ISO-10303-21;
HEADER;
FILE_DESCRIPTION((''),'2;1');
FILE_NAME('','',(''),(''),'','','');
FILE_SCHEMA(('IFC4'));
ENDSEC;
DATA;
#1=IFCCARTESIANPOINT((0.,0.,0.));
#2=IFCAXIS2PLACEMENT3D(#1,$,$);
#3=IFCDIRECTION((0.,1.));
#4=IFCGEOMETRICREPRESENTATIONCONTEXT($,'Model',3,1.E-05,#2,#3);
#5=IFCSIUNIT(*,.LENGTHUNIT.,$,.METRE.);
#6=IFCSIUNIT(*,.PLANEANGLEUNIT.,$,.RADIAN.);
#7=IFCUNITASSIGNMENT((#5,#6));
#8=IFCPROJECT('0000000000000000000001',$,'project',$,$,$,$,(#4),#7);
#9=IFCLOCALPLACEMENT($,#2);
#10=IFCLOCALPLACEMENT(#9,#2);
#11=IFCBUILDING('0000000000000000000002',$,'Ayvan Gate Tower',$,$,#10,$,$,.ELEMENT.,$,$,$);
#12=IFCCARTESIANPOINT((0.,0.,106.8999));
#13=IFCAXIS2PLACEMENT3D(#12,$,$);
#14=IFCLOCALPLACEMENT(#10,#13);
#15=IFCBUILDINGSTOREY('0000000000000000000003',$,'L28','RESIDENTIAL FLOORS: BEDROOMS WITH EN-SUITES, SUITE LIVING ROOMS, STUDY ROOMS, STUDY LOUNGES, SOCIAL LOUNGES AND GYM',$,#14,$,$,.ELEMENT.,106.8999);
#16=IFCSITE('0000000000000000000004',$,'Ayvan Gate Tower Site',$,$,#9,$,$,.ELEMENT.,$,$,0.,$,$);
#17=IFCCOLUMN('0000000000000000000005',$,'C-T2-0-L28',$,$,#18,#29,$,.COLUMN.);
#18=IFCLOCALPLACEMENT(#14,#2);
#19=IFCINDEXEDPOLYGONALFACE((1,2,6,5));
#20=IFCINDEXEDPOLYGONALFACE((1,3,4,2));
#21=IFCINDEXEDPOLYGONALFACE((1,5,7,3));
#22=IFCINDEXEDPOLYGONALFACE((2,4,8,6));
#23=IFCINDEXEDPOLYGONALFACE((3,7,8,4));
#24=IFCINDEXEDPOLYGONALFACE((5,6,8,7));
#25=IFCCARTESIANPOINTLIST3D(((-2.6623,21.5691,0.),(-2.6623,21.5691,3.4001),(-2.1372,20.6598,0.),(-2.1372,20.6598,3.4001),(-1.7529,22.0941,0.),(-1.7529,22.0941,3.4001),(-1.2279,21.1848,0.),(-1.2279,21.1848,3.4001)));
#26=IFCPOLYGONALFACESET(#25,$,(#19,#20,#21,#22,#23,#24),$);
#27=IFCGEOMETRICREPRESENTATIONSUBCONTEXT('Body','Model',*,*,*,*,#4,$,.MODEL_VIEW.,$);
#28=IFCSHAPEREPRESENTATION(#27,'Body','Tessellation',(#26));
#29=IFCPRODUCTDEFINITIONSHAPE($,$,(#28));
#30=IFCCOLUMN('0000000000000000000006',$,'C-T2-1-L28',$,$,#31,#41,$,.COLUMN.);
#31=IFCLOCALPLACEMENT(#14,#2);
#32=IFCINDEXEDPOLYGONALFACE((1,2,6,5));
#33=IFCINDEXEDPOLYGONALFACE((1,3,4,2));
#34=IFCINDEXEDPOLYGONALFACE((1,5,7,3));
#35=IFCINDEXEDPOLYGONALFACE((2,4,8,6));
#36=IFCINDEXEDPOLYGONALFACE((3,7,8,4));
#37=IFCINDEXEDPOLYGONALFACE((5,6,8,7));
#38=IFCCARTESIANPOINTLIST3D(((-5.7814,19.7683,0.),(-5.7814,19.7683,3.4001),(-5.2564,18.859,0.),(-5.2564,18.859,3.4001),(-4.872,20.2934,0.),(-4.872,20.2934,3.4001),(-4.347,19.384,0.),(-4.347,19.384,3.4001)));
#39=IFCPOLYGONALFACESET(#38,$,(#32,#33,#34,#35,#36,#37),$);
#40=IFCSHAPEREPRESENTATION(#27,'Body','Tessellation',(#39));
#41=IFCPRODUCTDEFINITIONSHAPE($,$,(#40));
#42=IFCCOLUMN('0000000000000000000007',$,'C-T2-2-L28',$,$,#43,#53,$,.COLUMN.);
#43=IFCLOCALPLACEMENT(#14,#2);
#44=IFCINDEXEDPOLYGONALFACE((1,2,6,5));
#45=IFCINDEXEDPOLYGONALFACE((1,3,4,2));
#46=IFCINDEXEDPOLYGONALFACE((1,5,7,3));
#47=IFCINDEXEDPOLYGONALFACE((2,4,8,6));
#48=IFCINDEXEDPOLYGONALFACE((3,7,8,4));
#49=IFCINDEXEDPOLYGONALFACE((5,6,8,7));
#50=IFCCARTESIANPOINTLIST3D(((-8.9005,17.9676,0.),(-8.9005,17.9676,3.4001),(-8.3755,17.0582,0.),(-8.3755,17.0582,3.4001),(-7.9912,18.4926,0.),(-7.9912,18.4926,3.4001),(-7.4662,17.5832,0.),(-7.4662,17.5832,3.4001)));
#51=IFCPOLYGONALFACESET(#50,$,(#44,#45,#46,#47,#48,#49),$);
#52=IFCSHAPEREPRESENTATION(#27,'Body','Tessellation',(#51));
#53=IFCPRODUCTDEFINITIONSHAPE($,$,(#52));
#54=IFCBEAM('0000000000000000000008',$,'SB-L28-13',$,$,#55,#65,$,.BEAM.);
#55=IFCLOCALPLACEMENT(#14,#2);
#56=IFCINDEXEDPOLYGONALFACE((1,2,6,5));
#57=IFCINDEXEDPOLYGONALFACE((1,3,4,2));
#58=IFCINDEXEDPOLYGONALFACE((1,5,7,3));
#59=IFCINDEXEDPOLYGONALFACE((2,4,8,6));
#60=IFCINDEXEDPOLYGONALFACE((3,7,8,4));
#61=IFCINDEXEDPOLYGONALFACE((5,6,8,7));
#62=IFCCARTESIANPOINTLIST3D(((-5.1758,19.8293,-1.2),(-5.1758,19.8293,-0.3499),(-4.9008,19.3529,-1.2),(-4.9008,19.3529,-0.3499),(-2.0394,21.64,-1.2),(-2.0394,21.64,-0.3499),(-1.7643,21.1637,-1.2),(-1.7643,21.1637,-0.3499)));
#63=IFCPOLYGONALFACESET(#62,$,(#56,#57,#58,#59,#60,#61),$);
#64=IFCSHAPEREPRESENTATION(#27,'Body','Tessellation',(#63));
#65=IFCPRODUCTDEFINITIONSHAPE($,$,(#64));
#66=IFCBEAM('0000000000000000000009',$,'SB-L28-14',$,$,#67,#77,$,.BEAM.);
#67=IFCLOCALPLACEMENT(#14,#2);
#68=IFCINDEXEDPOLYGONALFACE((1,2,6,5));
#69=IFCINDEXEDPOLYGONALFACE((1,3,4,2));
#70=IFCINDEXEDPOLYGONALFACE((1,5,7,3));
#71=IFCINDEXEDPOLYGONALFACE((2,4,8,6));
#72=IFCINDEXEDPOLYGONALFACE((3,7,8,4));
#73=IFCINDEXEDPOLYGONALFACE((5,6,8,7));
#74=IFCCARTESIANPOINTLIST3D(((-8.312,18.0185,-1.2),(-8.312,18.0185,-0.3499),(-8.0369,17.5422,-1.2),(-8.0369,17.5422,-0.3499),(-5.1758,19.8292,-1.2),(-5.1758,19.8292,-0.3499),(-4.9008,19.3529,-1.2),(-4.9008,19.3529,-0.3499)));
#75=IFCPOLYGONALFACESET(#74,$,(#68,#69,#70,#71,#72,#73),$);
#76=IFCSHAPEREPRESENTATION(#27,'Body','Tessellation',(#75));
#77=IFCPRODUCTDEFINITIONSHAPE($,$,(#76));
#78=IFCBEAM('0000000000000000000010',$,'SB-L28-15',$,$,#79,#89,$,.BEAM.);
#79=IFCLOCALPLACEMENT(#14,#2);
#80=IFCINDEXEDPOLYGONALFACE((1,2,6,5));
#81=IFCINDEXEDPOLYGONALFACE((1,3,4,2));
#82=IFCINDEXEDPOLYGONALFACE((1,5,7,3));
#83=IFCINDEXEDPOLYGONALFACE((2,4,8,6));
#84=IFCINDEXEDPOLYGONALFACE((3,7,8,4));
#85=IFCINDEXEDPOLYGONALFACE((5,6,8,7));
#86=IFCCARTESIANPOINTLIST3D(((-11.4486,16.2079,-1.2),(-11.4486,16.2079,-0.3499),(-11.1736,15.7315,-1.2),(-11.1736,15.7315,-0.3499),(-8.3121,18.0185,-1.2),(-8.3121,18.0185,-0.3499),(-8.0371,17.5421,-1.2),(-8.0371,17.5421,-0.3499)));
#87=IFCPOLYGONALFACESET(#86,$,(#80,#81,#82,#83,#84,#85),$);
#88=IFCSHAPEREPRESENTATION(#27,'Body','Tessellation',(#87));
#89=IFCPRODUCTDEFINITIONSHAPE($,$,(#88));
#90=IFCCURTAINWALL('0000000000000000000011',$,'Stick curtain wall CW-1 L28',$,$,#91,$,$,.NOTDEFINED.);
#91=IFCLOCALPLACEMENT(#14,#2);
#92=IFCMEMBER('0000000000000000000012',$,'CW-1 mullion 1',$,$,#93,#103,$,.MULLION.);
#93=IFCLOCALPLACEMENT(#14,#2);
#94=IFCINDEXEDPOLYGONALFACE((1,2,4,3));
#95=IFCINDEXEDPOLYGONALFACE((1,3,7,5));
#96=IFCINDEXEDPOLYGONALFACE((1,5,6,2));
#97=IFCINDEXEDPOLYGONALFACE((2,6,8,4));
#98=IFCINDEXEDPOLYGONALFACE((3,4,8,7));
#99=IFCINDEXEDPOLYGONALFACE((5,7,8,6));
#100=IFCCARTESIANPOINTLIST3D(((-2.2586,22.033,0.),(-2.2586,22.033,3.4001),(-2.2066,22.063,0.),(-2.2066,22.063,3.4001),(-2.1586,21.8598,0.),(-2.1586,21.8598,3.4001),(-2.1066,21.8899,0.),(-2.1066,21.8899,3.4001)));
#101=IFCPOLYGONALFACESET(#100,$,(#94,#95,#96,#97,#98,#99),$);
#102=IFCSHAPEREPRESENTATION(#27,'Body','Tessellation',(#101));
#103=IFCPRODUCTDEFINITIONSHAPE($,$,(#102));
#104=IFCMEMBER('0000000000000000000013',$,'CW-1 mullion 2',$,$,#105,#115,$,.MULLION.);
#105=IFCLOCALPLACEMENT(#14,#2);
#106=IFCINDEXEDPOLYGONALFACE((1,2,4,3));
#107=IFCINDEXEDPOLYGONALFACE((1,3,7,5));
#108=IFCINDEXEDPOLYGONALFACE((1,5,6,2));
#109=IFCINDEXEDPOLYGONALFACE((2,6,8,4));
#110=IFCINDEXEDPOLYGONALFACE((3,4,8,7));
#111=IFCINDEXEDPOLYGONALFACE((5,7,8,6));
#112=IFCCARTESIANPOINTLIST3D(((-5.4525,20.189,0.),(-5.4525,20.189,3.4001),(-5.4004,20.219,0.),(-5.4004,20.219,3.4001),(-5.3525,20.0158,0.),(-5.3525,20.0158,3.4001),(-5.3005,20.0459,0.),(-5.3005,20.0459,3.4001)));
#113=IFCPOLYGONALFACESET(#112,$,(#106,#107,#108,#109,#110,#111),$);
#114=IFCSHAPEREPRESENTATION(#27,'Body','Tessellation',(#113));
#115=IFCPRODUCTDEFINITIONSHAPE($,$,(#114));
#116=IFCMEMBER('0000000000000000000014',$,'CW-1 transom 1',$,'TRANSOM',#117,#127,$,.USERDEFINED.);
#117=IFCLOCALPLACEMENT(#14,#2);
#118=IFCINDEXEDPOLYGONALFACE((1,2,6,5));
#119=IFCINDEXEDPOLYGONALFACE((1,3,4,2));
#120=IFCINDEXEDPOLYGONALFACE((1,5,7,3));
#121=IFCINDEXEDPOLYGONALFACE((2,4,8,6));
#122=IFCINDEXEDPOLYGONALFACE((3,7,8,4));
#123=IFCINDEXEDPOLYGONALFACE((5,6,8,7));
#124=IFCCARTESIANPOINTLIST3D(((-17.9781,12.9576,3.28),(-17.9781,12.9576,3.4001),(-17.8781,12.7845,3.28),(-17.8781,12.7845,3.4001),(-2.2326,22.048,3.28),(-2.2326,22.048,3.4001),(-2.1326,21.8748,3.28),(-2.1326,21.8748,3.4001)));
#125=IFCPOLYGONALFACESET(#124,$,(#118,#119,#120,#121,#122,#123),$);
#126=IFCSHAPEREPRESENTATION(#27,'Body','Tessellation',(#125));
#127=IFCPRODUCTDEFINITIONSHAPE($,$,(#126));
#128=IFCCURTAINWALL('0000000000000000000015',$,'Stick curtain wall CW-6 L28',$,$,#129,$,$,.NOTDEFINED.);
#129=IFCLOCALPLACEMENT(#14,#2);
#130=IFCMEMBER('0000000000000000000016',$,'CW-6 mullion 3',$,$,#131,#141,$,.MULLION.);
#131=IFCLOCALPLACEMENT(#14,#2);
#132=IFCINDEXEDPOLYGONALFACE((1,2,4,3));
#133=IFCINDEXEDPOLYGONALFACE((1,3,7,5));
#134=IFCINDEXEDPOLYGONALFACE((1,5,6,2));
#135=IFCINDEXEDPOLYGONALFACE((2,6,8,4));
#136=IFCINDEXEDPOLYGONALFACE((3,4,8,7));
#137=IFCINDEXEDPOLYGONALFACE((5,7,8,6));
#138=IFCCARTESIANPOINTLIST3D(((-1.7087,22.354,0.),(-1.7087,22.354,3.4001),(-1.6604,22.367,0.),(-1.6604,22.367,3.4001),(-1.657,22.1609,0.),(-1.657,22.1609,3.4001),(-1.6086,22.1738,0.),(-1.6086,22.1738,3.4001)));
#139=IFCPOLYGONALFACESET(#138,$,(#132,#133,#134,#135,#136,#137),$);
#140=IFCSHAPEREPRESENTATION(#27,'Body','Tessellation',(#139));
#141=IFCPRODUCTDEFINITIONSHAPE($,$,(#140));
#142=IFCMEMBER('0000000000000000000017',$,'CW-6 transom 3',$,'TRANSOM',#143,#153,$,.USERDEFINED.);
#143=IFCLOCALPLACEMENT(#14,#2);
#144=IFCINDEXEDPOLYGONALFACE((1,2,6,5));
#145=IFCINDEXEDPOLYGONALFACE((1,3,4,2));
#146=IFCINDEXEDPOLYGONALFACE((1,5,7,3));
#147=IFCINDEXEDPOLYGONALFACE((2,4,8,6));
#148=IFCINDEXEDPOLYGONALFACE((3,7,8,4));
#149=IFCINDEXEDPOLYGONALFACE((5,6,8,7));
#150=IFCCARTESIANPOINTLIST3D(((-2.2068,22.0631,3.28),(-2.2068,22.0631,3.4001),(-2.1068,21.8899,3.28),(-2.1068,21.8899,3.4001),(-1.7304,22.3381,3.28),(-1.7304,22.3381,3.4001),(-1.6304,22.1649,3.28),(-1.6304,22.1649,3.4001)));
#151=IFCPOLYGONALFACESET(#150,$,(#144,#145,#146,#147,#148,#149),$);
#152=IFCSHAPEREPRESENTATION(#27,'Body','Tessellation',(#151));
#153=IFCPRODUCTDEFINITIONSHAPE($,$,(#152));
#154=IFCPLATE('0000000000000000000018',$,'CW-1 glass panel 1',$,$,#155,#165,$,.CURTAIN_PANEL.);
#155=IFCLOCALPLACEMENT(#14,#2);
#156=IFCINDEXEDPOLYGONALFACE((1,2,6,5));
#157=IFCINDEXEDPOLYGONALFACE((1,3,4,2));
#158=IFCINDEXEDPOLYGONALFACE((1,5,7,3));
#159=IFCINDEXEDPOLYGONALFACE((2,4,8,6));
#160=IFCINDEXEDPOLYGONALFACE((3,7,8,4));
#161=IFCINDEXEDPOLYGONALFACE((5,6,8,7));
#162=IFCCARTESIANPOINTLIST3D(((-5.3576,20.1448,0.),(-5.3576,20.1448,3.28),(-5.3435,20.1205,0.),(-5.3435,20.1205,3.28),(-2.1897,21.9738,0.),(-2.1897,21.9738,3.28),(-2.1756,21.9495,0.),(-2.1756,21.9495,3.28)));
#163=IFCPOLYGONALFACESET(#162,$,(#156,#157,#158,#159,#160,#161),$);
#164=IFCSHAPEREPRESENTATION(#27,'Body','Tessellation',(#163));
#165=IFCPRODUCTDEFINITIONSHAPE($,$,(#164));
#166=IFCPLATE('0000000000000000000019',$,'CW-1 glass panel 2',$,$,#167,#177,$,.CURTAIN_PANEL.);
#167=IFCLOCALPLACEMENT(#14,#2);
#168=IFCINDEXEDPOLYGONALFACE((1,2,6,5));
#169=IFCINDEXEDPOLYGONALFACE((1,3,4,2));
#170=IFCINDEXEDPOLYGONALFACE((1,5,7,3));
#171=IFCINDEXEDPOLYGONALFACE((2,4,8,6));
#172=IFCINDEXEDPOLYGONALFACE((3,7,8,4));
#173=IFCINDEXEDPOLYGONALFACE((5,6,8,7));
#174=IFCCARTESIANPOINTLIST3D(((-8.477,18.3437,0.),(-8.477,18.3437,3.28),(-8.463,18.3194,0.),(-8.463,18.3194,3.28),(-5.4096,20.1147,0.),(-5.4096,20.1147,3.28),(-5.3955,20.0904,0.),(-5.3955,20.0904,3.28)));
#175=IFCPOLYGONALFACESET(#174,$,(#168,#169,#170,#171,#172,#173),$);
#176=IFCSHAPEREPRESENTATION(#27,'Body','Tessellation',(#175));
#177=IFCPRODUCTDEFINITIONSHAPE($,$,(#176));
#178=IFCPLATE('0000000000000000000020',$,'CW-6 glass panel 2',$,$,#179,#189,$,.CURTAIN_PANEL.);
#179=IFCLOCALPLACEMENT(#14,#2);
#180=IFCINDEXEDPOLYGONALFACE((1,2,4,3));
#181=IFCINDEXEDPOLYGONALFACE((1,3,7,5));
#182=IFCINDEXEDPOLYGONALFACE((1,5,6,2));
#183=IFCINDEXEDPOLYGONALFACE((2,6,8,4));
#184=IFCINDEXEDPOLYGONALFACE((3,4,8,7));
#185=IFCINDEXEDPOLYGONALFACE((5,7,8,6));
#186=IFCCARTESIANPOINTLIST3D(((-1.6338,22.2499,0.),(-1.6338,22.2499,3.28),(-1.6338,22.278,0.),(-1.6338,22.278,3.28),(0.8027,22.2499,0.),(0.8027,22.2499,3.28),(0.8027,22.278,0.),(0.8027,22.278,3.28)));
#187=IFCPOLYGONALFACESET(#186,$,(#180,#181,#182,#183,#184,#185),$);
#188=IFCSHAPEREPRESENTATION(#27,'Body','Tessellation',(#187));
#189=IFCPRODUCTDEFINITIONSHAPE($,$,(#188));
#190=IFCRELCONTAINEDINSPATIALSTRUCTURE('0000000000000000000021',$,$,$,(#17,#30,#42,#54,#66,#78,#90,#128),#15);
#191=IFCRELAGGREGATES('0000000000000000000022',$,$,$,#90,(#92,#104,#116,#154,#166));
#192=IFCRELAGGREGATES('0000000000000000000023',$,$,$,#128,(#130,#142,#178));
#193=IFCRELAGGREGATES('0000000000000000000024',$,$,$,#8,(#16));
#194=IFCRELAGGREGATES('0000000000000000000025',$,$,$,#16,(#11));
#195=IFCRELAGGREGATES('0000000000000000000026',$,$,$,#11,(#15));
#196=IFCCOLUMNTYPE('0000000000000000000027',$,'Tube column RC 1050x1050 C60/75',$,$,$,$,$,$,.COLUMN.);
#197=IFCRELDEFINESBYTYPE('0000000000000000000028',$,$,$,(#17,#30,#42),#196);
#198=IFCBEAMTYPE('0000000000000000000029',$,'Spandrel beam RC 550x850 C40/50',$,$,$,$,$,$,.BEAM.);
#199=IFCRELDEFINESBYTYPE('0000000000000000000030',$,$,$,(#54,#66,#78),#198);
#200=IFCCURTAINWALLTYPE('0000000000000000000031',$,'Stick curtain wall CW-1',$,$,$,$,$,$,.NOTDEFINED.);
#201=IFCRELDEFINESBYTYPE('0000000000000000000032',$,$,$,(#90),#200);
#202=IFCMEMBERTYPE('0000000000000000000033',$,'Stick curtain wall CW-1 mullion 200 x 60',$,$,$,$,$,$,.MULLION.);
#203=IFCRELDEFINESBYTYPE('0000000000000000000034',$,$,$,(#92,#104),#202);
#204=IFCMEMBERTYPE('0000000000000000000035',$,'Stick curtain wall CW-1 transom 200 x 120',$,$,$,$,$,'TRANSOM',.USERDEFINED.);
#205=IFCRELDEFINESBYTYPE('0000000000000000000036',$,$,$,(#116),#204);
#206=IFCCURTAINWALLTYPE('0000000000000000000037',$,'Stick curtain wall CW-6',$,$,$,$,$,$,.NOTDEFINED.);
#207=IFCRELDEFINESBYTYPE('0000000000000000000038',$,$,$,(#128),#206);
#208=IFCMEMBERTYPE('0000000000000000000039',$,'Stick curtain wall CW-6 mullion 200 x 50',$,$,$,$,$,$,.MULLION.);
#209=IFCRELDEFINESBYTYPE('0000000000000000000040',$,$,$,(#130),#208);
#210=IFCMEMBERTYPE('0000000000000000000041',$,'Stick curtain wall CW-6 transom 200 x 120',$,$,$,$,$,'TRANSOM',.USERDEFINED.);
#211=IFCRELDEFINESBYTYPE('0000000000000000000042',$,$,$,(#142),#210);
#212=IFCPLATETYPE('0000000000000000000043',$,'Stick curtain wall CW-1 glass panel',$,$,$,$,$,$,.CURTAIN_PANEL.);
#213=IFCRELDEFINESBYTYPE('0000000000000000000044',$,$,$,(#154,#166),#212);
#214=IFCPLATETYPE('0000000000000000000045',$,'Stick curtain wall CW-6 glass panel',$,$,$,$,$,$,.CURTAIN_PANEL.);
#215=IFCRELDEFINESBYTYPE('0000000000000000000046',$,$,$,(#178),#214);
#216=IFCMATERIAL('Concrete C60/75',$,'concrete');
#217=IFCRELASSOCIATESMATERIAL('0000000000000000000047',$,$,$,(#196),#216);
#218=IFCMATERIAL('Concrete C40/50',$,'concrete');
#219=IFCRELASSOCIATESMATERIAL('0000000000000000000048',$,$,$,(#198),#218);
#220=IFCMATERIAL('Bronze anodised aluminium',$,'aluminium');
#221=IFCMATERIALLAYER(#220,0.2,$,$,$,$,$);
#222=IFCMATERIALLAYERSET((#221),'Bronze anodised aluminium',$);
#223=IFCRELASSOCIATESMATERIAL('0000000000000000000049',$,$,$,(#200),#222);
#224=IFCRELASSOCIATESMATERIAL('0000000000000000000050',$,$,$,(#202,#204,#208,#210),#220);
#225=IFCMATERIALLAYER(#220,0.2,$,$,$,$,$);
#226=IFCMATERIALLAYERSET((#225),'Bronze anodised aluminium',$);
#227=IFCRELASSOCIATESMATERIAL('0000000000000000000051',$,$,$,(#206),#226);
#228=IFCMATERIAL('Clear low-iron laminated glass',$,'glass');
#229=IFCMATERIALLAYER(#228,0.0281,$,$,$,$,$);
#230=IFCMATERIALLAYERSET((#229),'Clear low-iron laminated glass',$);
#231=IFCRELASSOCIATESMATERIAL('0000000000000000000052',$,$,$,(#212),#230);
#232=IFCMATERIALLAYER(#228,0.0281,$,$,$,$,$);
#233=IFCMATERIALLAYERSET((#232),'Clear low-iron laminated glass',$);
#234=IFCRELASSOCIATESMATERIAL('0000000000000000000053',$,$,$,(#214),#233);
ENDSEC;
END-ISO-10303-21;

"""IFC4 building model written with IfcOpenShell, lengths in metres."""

from ifc_helpers import new_model, si_unit, direction, frame, origin, origin_2d, place, context, subcontext, project, spatial, rectangle, extrude, material, layer, layer_set, material_profile, profile_set, type_object, element, aggregate, save


model = new_model("IFC4")

# Units and contexts
model_context = context("Model", 3, precision=1e-05, world=origin(), true_north=direction((0.0, 1.0)))
body_context = subcontext(model_context, "Body", "Model", "MODEL_VIEW")
ifc_project = project(units=[si_unit("LENGTHUNIT", "METRE"), si_unit("PLANEANGLEUNIT", "RADIAN")], contexts=[model_context])

# Site, building, storey
site_placement = place(None, origin())
site = spatial("IfcSite", under=ifc_project, at=site_placement, Name="Ayvan Gate Tower Site", CompositionType="ELEMENT", RefElevation=0.0)
building_placement = place(site_placement, origin())
building = spatial("IfcBuilding", under=site, at=building_placement, Name="Ayvan Gate Tower", CompositionType="ELEMENT")
storey_placement = place(building_placement, frame((0.0, 0.0, 106.8999)))
storey = spatial("IfcBuildingStorey", under=building, at=storey_placement, Name="L28", Description="RESIDENTIAL FLOORS: BEDROOMS WITH EN-SUITES, SUITE LIVING ROOMS, STUDY ROOMS, STUDY LOUNGES, SOCIAL LOUNGES AND GYM", CompositionType="ELEMENT", Elevation=106.8999)

# Columns
ifc_material_1 = material(Name="Concrete C60/75", Category="concrete")
ifc_material_profile_1 = material_profile(ifc_material_1, rectangle(XDim=1.05, YDim=1.05, at=origin_2d()), Name="RC 1050x1050")
ifc_profile_set_1 = profile_set([ifc_material_profile_1], Name="Concrete C60/75")
column_type = type_object("IfcColumnType", Name="Tube column RC 1050x1050 C60/75", PredefinedType="COLUMN", material=ifc_profile_set_1)
for number, where, z_axis, x_axis, name in (
    (1, (-1.9451, 21.377, 0.0), (0.0, 0.0, 1.0), (-0.5, 0.866025, 0.0), "C-T2-0-L28"),
    (2, (-5.0642, 19.5762, 0.0), (0.0, 0.0, 1.0), (-0.5, 0.866025, 0.0), "C-T2-1-L28"),
    (3, (-8.1833, 17.7754, 0.0), (0.0, 0.0, 1.0), (-0.5, 0.866025, 0.0), "C-T2-2-L28"),
):
    element("IfcColumn", number, at=place(storey_placement, frame(where, z_axis=z_axis, x_axis=x_axis)), inside=storey, type_object=column_type, Name=name, PredefinedType="COLUMN", context=body_context, shape_type="SweptSolid", body=[
        extrude(rectangle(XDim=1.05, YDim=1.05, at=origin_2d()), origin(), (0.0, 0.0, 1.0), 3.4001),
    ])

# Beams
ifc_material_2 = material(Name="Concrete C40/50", Category="concrete")
ifc_material_profile_2 = material_profile(ifc_material_2, rectangle(XDim=0.55, YDim=0.8501, at=origin_2d()), Name="RC 550x850")
ifc_profile_set_2 = profile_set([ifc_material_profile_2], Name="Concrete C40/50")
beam_type = type_object("IfcBeamType", Name="Spandrel beam RC 550x850 C40/50", PredefinedType="BEAM", material=ifc_profile_set_2)
beam_1_placement = place(storey_placement, frame((-1.9019, 21.4019, -0.7749), z_axis=(-0.866032, -0.499989, 0.0), x_axis=(0.499989, -0.866032, 0.0)))
element("IfcBeam", 4, at=beam_1_placement, inside=storey, type_object=beam_type, Name="SB-L28-13", PredefinedType="BEAM", context=body_context, shape_type="SweptSolid", body=[
    extrude(rectangle(XDim=0.55, YDim=0.8501, at=origin_2d()), origin(), (0.0, 0.0, 1.0), 3.6216),
])
beam_2_placement = place(storey_placement, frame((-5.0383, 19.5911, -0.7749), z_axis=(-0.866015, -0.500018, 0.0), x_axis=(0.500018, -0.866015, 0.0)))
element("IfcBeam", 5, at=beam_2_placement, inside=storey, type_object=beam_type, Name="SB-L28-14", PredefinedType="BEAM", context=body_context, shape_type="SweptSolid", body=[
    extrude(rectangle(XDim=0.55, YDim=0.8501, at=origin_2d()), origin(), (0.0, 0.0, 1.0), 3.6213),
])
beam_3_placement = place(storey_placement, frame((-8.1746, 17.7803, -0.7749), z_axis=(-0.866061, -0.499938, 0.0), x_axis=(0.499938, -0.866061, 0.0)))
element("IfcBeam", 6, at=beam_3_placement, inside=storey, type_object=beam_type, Name="SB-L28-15", PredefinedType="BEAM", context=body_context, shape_type="SweptSolid", body=[
    extrude(rectangle(XDim=0.55, YDim=0.8501, at=origin_2d()), origin(), (0.0, 0.0, 1.0), 3.6216),
])

# Curtain walls, members
ifc_material_3 = material(Name="Bronze anodised aluminium", Category="aluminium")
ifc_layer_1 = layer(ifc_material_3, 0.2)
ifc_layer_set_1 = layer_set([ifc_layer_1], Name="Bronze anodised aluminium")
curtain_wall_type_1 = type_object("IfcCurtainWallType", Name="Stick curtain wall CW-1", PredefinedType="NOTDEFINED", material=ifc_layer_set_1)
curtain_wall_1_placement = place(storey_placement, origin())
curtain_wall_1 = element("IfcCurtainWall", 7, at=curtain_wall_1_placement, inside=storey, type_object=curtain_wall_type_1, Name="Stick curtain wall CW-1 L28", PredefinedType="NOTDEFINED")
ifc_material_profile_3 = material_profile(ifc_material_3, rectangle(XDim=0.2, YDim=0.0601, at=origin_2d()), Name="Stick curtain wall CW-1 mullion 200 x 60")
ifc_profile_set_3 = profile_set([ifc_material_profile_3], Name="Bronze anodised aluminium")
member_type_1 = type_object("IfcMemberType", Name="Stick curtain wall CW-1 mullion 200 x 60", PredefinedType="MULLION", material=ifc_profile_set_3)
member_1_placement = place(storey_placement, frame((-2.1826, 21.9614, 0.0), z_axis=(0.0, 0.0, 1.0), x_axis=(-0.5, 0.866025, 0.0)))
member_1 = element("IfcMember", 8, at=member_1_placement, type_object=member_type_1, Name="CW-1 mullion 1", PredefinedType="MULLION", context=body_context, shape_type="SweptSolid", body=[
    extrude(rectangle(XDim=0.2, YDim=0.0601, at=origin_2d()), origin(), (0.0, 0.0, 1.0), 3.4001),
])
member_2_placement = place(storey_placement, frame((-5.3765, 20.1174, 0.0), z_axis=(0.0, 0.0, 1.0), x_axis=(-0.5, 0.866025, 0.0)))
member_2 = element("IfcMember", 9, at=member_2_placement, type_object=member_type_1, Name="CW-1 mullion 2", PredefinedType="MULLION", context=body_context, shape_type="SweptSolid", body=[
    extrude(rectangle(XDim=0.2, YDim=0.0601, at=origin_2d()), origin(), (0.0, 0.0, 1.0), 3.4001),
])
ifc_material_profile_4 = material_profile(ifc_material_3, rectangle(XDim=0.2, YDim=0.1201, at=origin_2d()), Name="Stick curtain wall CW-1 transom 200 x 120")
ifc_profile_set_4 = profile_set([ifc_material_profile_4], Name="Bronze anodised aluminium")
member_type_2 = type_object("IfcMemberType", Name="Stick curtain wall CW-1 transom 200 x 120", ElementType="TRANSOM", PredefinedType="USERDEFINED", material=ifc_profile_set_4)
member_3_placement = place(storey_placement, frame((-2.1826, 21.9614, 3.3401), z_axis=(-0.866032, -0.499989, 0.0), x_axis=(0.499989, -0.866032, 0.0)))
member_3 = element("IfcMember", 10, at=member_3_placement, type_object=member_type_2, Name="CW-1 transom 1", ObjectType="TRANSOM", PredefinedType="USERDEFINED", context=body_context, shape_type="SweptSolid", body=[
    extrude(rectangle(XDim=0.2, YDim=0.1201, at=origin_2d()), origin(), (0.0, 0.0, 1.0), 18.1812),
])
ifc_layer_2 = layer(ifc_material_3, 0.2)
ifc_layer_set_2 = layer_set([ifc_layer_2], Name="Bronze anodised aluminium")
curtain_wall_type_2 = type_object("IfcCurtainWallType", Name="Stick curtain wall CW-6", PredefinedType="NOTDEFINED", material=ifc_layer_set_2)
curtain_wall_2_placement = place(storey_placement, origin())
curtain_wall_2 = element("IfcCurtainWall", 11, at=curtain_wall_2_placement, inside=storey, type_object=curtain_wall_type_2, Name="Stick curtain wall CW-6 L28", PredefinedType="NOTDEFINED")
ifc_material_profile_5 = material_profile(ifc_material_3, rectangle(XDim=0.2, YDim=0.05, at=origin_2d()), Name="Stick curtain wall CW-6 mullion 200 x 50")
ifc_profile_set_5 = profile_set([ifc_material_profile_5], Name="Bronze anodised aluminium")
member_type_3 = type_object("IfcMemberType", Name="Stick curtain wall CW-6 mullion 200 x 50", PredefinedType="MULLION", material=ifc_profile_set_5)
member_4_placement = place(storey_placement, frame((-1.6587, 22.2639, 0.0), z_axis=(0.0, 0.0, 1.0), x_axis=(-0.258819, 0.965926, 0.0)))
member_4 = element("IfcMember", 12, at=member_4_placement, type_object=member_type_3, Name="CW-6 mullion 3", PredefinedType="MULLION", context=body_context, shape_type="SweptSolid", body=[
    extrude(rectangle(XDim=0.2, YDim=0.05, at=origin_2d()), origin(), (0.0, 0.0, 1.0), 3.4001),
])
ifc_material_profile_6 = material_profile(ifc_material_3, rectangle(XDim=0.2, YDim=0.1201, at=origin_2d()), Name="Stick curtain wall CW-6 transom 200 x 120")
ifc_profile_set_6 = profile_set([ifc_material_profile_6], Name="Bronze anodised aluminium")
member_type_4 = type_object("IfcMemberType", Name="Stick curtain wall CW-6 transom 200 x 120", ElementType="TRANSOM", PredefinedType="USERDEFINED", material=ifc_profile_set_6)
member_5_placement = place(storey_placement, frame((-1.6804, 22.2515, 3.3401), z_axis=(-0.866104, -0.499863, 0.0), x_axis=(0.499863, -0.866104, 0.0)))
member_5 = element("IfcMember", 13, at=member_5_placement, type_object=member_type_4, Name="CW-6 transom 3", ObjectType="TRANSOM", PredefinedType="USERDEFINED", context=body_context, shape_type="SweptSolid", body=[
    extrude(rectangle(XDim=0.2, YDim=0.1201, at=origin_2d()), origin(), (0.0, 0.0, 1.0), 0.55),
])

# Plates
ifc_material_4 = material(Name="Clear low-iron laminated glass", Category="glass")
ifc_layer_3 = layer(ifc_material_4, 0.0281)
ifc_layer_set_3 = layer_set([ifc_layer_3], Name="Clear low-iron laminated glass")
plate_type_1 = type_object("IfcPlateType", Name="Stick curtain wall CW-1 glass panel", PredefinedType="CURTAIN_PANEL", material=ifc_layer_set_3)
plate_1_placement = place(storey_placement, frame((-3.7666, 21.0471, 0.0), z_axis=(0.0, 0.0, 1.0), x_axis=(-0.866025, -0.5, 0.0)))
plate_1 = element("IfcPlate", 14, at=plate_1_placement, type_object=plate_type_1, Name="CW-1 glass panel 1", PredefinedType="CURTAIN_PANEL", context=body_context, shape_type="SweptSolid", body=[
    extrude(rectangle(XDim=3.658, YDim=0.0281, at=origin_2d()), origin(), (0.0, 0.0, 1.0), 3.28),
])
plate_2_placement = place(storey_placement, frame((-6.9363, 19.217, 0.0), z_axis=(0.0, 0.0, 1.0), x_axis=(-0.866025, -0.5, 0.0)))
plate_2 = element("IfcPlate", 15, at=plate_2_placement, type_object=plate_type_1, Name="CW-1 glass panel 2", PredefinedType="CURTAIN_PANEL", context=body_context, shape_type="SweptSolid", body=[
    extrude(rectangle(XDim=3.542, YDim=0.0281, at=origin_2d()), origin(), (0.0, 0.0, 1.0), 3.28),
])
aggregate(curtain_wall_1, [member_1, member_2, member_3, plate_1, plate_2])
ifc_layer_4 = layer(ifc_material_4, 0.0281)
ifc_layer_set_4 = layer_set([ifc_layer_4], Name="Clear low-iron laminated glass")
plate_type_2 = type_object("IfcPlateType", Name="Stick curtain wall CW-6 glass panel", PredefinedType="CURTAIN_PANEL", material=ifc_layer_set_4)
plate_3_placement = place(storey_placement, frame((-0.4155, 22.2639, 0.0), z_axis=(0.0, 0.0, 1.0), x_axis=(-1.0, 0.0, 0.0)))
plate_3 = element("IfcPlate", 16, at=plate_3_placement, type_object=plate_type_2, Name="CW-6 glass panel 2", PredefinedType="CURTAIN_PANEL", context=body_context, shape_type="SweptSolid", body=[
    extrude(rectangle(XDim=2.4365, YDim=0.0281, at=origin_2d()), origin(), (0.0, 0.0, 1.0), 3.28),
])
aggregate(curtain_wall_2, [member_4, member_5, plate_3])

save(model, "model.ifc")
